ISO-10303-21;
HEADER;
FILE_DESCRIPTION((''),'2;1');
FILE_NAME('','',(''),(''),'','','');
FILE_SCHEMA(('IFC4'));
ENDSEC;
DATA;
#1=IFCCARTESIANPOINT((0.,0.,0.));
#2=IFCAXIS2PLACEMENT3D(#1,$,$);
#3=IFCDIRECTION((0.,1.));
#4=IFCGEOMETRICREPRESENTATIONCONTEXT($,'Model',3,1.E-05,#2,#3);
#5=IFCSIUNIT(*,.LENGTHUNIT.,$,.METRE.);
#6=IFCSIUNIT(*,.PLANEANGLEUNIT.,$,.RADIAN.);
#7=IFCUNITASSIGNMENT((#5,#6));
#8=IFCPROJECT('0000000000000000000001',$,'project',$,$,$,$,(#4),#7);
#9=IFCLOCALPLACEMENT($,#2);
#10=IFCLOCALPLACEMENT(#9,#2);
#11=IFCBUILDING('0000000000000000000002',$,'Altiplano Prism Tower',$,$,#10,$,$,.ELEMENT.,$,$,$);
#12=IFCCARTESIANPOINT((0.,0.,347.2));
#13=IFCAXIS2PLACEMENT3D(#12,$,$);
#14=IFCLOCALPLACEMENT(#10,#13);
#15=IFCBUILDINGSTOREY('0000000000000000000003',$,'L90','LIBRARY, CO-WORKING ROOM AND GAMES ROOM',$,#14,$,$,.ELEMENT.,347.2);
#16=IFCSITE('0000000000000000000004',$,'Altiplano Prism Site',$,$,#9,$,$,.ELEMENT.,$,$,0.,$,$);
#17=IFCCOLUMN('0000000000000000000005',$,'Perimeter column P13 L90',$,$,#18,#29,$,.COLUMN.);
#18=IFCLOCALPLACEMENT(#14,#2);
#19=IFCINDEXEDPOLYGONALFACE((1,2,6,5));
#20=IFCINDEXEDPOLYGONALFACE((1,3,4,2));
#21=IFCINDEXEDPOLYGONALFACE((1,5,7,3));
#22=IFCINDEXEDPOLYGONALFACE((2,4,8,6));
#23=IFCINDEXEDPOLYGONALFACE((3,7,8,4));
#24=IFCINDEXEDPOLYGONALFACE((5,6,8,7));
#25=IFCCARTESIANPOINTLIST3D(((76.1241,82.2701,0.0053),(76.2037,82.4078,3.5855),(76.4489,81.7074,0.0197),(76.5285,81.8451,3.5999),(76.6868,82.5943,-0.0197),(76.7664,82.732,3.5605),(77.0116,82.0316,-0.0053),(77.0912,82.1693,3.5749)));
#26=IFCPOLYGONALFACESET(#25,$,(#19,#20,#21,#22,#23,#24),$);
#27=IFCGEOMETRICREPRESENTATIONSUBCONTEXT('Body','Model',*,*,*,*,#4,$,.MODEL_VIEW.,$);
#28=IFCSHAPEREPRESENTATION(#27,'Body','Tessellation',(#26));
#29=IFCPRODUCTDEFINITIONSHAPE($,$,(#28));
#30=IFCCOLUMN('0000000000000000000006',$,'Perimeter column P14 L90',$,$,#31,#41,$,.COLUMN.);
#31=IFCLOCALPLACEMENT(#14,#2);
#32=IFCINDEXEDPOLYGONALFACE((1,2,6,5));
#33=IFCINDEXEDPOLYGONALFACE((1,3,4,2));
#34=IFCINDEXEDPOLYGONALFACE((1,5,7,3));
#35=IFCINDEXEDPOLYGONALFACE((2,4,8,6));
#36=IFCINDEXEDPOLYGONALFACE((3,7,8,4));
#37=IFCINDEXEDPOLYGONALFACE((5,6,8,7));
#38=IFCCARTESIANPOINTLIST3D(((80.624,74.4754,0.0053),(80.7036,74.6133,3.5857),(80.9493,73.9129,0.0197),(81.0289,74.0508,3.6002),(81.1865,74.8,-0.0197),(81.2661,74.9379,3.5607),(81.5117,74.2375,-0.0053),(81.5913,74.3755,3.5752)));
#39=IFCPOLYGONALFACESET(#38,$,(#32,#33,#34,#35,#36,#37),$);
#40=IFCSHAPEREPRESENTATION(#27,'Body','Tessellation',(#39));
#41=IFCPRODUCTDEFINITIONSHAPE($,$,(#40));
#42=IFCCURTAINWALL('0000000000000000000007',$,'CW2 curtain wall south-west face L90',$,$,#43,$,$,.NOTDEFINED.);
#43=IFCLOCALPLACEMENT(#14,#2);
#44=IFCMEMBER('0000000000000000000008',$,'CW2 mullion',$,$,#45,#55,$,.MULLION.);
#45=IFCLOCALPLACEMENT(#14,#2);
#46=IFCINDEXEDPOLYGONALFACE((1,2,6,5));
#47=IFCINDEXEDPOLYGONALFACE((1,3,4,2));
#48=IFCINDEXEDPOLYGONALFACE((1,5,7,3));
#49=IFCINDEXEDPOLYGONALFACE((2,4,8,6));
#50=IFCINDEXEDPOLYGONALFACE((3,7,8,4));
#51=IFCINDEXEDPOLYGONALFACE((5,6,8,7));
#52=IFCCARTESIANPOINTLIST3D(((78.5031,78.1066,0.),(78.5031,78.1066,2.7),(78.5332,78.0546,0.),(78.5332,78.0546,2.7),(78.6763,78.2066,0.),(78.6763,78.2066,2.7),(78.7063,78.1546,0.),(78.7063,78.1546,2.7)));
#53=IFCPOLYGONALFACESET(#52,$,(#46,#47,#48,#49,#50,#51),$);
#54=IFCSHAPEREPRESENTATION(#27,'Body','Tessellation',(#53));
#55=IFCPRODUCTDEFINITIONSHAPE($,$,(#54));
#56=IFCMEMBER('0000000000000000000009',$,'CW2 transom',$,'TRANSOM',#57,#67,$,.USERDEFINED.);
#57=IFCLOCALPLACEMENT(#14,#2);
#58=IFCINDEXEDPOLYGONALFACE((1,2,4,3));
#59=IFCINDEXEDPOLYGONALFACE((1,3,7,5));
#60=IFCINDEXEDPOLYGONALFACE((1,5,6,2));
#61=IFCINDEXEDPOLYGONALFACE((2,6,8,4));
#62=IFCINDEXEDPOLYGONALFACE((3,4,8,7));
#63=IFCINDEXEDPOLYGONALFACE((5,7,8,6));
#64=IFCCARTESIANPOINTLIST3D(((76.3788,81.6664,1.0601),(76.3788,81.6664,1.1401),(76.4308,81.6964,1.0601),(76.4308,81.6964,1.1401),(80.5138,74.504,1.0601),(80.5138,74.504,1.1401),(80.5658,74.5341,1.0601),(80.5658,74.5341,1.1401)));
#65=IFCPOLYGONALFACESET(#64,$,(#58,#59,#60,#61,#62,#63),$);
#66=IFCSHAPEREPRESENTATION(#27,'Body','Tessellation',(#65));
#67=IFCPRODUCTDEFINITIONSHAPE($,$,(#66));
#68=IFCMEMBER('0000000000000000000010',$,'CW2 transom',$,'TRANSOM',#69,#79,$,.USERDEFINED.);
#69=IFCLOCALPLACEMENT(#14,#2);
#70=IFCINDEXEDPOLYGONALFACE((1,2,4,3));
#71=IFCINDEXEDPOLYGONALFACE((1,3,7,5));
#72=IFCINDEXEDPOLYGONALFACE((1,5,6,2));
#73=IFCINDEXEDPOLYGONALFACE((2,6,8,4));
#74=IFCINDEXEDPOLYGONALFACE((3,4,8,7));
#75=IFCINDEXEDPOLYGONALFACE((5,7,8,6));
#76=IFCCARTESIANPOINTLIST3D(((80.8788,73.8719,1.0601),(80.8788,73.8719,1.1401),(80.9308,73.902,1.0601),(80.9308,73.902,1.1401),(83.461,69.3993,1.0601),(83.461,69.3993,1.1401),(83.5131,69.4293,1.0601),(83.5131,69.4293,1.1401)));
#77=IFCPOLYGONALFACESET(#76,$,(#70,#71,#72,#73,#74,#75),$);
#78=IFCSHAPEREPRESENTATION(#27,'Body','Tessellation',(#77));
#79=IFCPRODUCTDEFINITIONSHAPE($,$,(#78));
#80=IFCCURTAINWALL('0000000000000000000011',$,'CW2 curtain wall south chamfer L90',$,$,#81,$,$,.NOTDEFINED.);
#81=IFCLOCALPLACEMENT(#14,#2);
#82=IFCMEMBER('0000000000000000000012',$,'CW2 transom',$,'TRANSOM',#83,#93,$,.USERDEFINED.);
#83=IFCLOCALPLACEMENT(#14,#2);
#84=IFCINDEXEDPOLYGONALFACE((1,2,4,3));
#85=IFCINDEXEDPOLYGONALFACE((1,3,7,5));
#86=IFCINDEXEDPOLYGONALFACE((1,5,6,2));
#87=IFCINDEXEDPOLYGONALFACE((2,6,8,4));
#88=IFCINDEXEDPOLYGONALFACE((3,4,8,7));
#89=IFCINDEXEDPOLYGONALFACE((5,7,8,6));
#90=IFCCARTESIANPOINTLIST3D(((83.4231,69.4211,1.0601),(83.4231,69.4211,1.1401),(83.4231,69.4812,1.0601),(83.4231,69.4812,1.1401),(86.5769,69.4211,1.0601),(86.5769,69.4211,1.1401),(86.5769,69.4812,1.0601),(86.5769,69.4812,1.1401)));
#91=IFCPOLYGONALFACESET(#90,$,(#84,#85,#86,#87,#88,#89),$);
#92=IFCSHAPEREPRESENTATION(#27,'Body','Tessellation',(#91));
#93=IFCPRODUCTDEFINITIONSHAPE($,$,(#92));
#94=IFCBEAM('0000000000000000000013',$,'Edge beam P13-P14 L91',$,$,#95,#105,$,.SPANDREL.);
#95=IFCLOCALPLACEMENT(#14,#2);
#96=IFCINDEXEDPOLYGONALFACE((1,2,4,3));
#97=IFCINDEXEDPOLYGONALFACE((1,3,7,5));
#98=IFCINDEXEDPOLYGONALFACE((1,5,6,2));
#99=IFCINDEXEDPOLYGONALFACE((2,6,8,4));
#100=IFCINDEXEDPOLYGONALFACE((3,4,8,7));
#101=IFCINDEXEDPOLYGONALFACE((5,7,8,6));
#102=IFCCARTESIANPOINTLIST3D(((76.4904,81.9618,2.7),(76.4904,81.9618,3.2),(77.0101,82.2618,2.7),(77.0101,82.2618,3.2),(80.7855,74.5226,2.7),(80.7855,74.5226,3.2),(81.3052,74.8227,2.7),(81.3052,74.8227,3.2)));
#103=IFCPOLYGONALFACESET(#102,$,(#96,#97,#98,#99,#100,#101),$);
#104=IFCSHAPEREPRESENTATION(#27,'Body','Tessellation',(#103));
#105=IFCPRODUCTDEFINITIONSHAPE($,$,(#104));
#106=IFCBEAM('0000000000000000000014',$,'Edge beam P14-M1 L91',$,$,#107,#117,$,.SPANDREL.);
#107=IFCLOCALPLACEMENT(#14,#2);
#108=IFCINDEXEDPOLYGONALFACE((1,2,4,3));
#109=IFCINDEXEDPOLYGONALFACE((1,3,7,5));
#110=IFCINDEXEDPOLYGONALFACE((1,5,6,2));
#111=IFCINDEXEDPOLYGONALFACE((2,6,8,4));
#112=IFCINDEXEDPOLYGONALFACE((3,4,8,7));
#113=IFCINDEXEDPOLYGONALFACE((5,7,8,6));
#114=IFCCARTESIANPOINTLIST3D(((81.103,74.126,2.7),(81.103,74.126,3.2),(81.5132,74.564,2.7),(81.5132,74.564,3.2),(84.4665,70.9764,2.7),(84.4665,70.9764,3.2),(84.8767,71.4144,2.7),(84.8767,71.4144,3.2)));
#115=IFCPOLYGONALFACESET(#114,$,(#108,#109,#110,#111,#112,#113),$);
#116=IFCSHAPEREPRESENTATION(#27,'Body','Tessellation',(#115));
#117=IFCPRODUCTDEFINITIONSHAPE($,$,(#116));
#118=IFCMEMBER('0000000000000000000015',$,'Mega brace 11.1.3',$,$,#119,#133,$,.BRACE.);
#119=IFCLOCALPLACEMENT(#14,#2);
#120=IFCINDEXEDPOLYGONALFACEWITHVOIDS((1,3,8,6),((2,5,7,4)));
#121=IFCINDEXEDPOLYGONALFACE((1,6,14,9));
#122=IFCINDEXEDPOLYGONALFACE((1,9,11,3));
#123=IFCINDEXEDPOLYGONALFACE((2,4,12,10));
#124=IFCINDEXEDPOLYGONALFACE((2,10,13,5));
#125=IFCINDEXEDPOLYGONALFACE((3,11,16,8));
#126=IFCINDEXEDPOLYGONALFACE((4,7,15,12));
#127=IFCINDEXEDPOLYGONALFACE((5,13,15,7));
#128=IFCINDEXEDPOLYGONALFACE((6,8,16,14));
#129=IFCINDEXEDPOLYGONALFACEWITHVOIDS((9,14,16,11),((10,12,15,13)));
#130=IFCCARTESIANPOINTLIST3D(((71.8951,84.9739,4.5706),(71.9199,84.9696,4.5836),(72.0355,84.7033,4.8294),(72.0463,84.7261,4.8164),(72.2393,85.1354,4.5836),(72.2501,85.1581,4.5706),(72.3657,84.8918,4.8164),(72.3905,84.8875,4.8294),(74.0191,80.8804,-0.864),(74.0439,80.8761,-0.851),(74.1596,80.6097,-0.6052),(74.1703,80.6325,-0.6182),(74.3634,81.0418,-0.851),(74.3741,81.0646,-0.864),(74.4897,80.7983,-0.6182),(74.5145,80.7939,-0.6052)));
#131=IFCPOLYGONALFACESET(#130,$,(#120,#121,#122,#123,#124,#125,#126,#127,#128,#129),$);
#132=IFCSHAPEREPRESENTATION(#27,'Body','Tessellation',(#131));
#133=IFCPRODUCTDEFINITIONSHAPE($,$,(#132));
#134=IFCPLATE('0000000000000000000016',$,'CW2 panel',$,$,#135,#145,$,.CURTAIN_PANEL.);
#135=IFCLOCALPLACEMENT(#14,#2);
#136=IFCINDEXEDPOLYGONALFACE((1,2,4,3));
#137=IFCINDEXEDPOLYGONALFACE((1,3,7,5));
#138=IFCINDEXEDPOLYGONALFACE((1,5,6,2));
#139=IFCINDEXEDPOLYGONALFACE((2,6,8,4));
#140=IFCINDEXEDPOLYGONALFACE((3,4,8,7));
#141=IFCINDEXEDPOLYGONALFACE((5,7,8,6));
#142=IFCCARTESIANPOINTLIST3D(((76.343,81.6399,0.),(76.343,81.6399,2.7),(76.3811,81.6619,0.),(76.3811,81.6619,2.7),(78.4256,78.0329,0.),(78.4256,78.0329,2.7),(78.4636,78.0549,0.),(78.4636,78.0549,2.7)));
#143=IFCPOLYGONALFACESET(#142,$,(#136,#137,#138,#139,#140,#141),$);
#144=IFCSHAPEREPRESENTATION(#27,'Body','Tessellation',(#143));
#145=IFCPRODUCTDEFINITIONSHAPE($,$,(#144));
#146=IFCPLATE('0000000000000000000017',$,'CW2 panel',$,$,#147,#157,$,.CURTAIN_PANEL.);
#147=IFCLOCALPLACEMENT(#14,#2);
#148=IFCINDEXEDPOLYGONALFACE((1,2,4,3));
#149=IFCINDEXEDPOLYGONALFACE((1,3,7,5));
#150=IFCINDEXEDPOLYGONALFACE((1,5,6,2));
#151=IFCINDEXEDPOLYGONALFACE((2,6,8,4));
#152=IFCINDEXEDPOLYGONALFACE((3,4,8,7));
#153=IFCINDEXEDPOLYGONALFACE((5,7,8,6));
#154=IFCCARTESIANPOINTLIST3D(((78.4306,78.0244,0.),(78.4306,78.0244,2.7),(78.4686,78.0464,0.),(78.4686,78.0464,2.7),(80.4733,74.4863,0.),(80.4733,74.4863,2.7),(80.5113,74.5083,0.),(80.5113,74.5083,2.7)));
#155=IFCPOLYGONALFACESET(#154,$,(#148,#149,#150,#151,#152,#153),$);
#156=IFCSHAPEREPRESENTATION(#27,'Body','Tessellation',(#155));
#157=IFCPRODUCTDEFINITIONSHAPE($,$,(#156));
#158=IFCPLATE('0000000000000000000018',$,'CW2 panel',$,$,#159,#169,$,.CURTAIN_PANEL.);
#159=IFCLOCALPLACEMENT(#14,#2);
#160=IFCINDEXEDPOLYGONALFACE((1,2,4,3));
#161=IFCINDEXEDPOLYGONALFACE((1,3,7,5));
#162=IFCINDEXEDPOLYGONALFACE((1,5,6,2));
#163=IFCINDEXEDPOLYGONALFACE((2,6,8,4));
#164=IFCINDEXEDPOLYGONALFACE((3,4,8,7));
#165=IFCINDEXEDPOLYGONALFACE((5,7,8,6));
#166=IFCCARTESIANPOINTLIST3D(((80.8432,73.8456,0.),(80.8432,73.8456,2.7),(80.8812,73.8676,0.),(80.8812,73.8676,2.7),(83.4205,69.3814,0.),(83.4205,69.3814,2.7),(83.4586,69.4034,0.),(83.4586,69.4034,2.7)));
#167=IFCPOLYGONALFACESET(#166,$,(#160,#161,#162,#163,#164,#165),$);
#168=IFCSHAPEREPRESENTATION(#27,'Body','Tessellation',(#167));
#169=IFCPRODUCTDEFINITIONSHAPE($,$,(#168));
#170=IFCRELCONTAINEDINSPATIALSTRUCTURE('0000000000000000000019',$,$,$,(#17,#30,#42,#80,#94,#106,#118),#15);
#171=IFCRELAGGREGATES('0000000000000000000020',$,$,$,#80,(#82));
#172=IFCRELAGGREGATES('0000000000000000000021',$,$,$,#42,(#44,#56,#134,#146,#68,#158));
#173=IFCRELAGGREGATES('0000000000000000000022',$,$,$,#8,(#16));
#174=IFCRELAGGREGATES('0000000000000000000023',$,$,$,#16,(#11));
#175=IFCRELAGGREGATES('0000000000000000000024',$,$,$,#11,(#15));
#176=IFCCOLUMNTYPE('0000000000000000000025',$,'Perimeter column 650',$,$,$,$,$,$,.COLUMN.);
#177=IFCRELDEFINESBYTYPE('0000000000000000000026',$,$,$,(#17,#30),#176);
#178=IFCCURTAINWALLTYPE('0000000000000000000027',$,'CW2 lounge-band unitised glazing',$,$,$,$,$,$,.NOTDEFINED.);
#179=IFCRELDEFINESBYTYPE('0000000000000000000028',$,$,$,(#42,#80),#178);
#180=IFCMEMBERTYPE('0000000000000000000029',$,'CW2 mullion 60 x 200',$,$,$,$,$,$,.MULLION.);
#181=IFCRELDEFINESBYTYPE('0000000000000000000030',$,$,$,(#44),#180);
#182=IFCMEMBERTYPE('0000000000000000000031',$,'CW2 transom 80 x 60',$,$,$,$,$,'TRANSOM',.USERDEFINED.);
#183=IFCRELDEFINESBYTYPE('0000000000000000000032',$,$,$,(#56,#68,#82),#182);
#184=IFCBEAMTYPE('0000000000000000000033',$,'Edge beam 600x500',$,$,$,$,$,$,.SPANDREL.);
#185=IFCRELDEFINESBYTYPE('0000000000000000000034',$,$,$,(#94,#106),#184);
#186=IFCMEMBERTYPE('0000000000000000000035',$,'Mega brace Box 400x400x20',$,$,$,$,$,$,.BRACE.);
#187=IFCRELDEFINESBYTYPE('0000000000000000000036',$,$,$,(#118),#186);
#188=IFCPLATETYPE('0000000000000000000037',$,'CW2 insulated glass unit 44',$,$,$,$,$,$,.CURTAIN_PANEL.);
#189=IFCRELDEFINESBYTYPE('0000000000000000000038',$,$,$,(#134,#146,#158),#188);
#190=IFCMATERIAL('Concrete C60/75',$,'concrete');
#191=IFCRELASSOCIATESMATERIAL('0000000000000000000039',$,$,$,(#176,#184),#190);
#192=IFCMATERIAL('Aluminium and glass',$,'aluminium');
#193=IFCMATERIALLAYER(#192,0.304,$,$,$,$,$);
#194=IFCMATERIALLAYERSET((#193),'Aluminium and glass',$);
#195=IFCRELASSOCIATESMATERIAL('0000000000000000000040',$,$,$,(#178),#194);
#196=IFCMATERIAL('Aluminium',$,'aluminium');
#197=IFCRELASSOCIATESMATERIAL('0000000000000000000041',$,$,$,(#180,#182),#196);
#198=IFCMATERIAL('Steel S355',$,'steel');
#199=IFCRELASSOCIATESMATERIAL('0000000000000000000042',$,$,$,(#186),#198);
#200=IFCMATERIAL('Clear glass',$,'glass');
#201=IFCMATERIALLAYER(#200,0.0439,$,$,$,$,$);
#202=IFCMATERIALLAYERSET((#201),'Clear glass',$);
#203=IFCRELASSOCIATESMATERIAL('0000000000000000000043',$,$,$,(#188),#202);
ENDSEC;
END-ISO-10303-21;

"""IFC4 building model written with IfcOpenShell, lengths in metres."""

from ifc_helpers import new_model, si_unit, direction, frame, origin, origin_2d, place, context, subcontext, project, spatial, rectangle, hollow_rectangle, extrude, material, layer, layer_set, material_profile, profile_set, type_object, element, aggregate, save


model = new_model("IFC4")

# Units and contexts
model_context = context("Model", 3, precision=1e-05, world=origin(), true_north=direction((0.0, 1.0)))
body_context = subcontext(model_context, "Body", "Model", "MODEL_VIEW")
ifc_project = project(units=[si_unit("LENGTHUNIT", "METRE"), si_unit("PLANEANGLEUNIT", "RADIAN")], contexts=[model_context])

# Site, building, storey
site_placement = place(None, origin())
site = spatial("IfcSite", under=ifc_project, at=site_placement, Name="Altiplano Prism Site", CompositionType="ELEMENT", RefElevation=0.0)
building_placement = place(site_placement, origin())
building = spatial("IfcBuilding", under=site, at=building_placement, Name="Altiplano Prism Tower", CompositionType="ELEMENT")
storey_placement = place(building_placement, frame((0.0, 0.0, 347.2)))
storey = spatial("IfcBuildingStorey", under=building, at=storey_placement, Name="L90", Description="LIBRARY, CO-WORKING ROOM AND GAMES ROOM", CompositionType="ELEMENT", Elevation=347.2)

# Columns
ifc_material_1 = material(Name="Concrete C60/75", Category="concrete")
ifc_material_profile_1 = material_profile(ifc_material_1, rectangle(XDim=0.6499, YDim=0.6499, at=origin_2d()), Name="Perimeter column 650")
ifc_profile_set_1 = profile_set([ifc_material_profile_1], Name="Concrete C60/75")
column_type = type_object("IfcColumnType", Name="Perimeter column 650", PredefinedType="COLUMN", material=ifc_profile_set_1)
column_1_placement = place(storey_placement, frame((76.5679, 82.1509, 0.0), z_axis=(0.022208, 0.038421, 0.999015), x_axis=(-0.865849, -0.498827, 0.038432)))
element("IfcColumn", 1, at=column_1_placement, inside=storey, type_object=column_type, Name="Perimeter column P13 L90", PredefinedType="COLUMN", context=body_context, shape_type="SweptSolid", body=[
    extrude(rectangle(XDim=0.6499, YDim=0.6499, at=origin_2d()), origin(), (0.0, 0.0, 1.0), 3.5837),
])
column_2_placement = place(storey_placement, frame((81.0679, 74.3564, 0.0), z_axis=(0.022208, 0.038489, 0.999012), x_axis=(-0.865465, -0.49949, 0.038483)))
element("IfcColumn", 2, at=column_2_placement, inside=storey, type_object=column_type, Name="Perimeter column P14 L90", PredefinedType="COLUMN", context=body_context, shape_type="SweptSolid", body=[
    extrude(rectangle(XDim=0.6499, YDim=0.6499, at=origin_2d()), origin(), (0.0, 0.0, 1.0), 3.584),
])

# Curtain wall, members
ifc_material_2 = material(Name="Aluminium and glass", Category="aluminium")
ifc_layer_1 = layer(ifc_material_2, 0.304)
ifc_layer_set_1 = layer_set([ifc_layer_1], Name="Aluminium and glass")
curtain_wall_type = type_object("IfcCurtainWallType", Name="CW2 lounge-band unitised glazing", PredefinedType="NOTDEFINED", material=ifc_layer_set_1)
curtain_wall_1_placement = place(storey_placement, origin())
curtain_wall_1 = element("IfcCurtainWall", 3, at=curtain_wall_1_placement, inside=storey, type_object=curtain_wall_type, Name="CW2 curtain wall south-west face L90", PredefinedType="NOTDEFINED")
ifc_material_3 = material(Name="Aluminium", Category="aluminium")
ifc_material_profile_2 = material_profile(ifc_material_3, rectangle(XDim=0.2, YDim=0.0601, at=origin_2d()), Name="CW2 mullion 60 x 200")
ifc_profile_set_2 = profile_set([ifc_material_profile_2], Name="Aluminium")
member_type_1 = type_object("IfcMemberType", Name="CW2 mullion 60 x 200", PredefinedType="MULLION", material=ifc_profile_set_2)
member_1_placement = place(storey_placement, frame((78.6047, 78.1306, 0.0), z_axis=(0.0, 0.0, 1.0), x_axis=(0.866025, 0.5, 0.0)))
member_1 = element("IfcMember", 4, at=member_1_placement, type_object=member_type_1, Name="CW2 mullion", PredefinedType="MULLION", context=body_context, shape_type="SweptSolid", body=[
    extrude(rectangle(XDim=0.2, YDim=0.0601, at=origin_2d()), origin(), (0.0, 0.0, 1.0), 2.7),
])
ifc_material_profile_3 = material_profile(ifc_material_3, rectangle(XDim=0.0601, YDim=0.0801, at=origin_2d()), Name="CW2 transom 80 x 60")
ifc_profile_set_3 = profile_set([ifc_material_profile_3], Name="Aluminium")
member_type_2 = type_object("IfcMemberType", Name="CW2 transom 80 x 60", ElementType="TRANSOM", PredefinedType="USERDEFINED", material=ifc_profile_set_3)
member_2_placement = place(storey_placement, frame((76.4048, 81.6814, 1.1001), z_axis=(0.499984, -0.866035, 0.0), x_axis=(0.866035, 0.499984, 0.0)))
member_2 = element("IfcMember", 5, at=member_2_placement, type_object=member_type_2, Name="CW2 transom", ObjectType="TRANSOM", PredefinedType="USERDEFINED", context=body_context, shape_type="SweptSolid", body=[
    extrude(rectangle(XDim=0.0601, YDim=0.0801, at=origin_2d()), origin(), (0.0, 0.0, 1.0), 8.2703),
])
member_3_placement = place(storey_placement, frame((80.9048, 73.887, 1.1001), z_axis=(0.499998, -0.866027, 0.0), x_axis=(0.866027, 0.499998, 0.0)))
member_3 = element("IfcMember", 6, at=member_3_placement, type_object=member_type_2, Name="CW2 transom", ObjectType="TRANSOM", PredefinedType="USERDEFINED", context=body_context, shape_type="SweptSolid", body=[
    extrude(rectangle(XDim=0.0601, YDim=0.0801, at=origin_2d()), origin(), (0.0, 0.0, 1.0), 5.1646),
])

# Curtain wall, member
curtain_wall_2_placement = place(storey_placement, origin())
curtain_wall_2 = element("IfcCurtainWall", 7, at=curtain_wall_2_placement, inside=storey, type_object=curtain_wall_type, Name="CW2 curtain wall south chamfer L90", PredefinedType="NOTDEFINED")
member_4_placement = place(storey_placement, frame((83.4231, 69.4512, 1.1001), z_axis=(1.0, 0.0, 0.0), x_axis=(0.0, 1.0, 0.0)))
member_4 = element("IfcMember", 8, at=member_4_placement, type_object=member_type_2, Name="CW2 transom", ObjectType="TRANSOM", PredefinedType="USERDEFINED", context=body_context, shape_type="SweptSolid", body=[
    extrude(rectangle(XDim=0.0601, YDim=0.0801, at=origin_2d()), origin(), (0.0, 0.0, 1.0), 3.1538),
])
aggregate(curtain_wall_2, [member_4])

# Beams
ifc_material_profile_4 = material_profile(ifc_material_1, rectangle(XDim=0.6001, YDim=0.5, at=origin_2d()), Name="Edge beam 600x500")
ifc_profile_set_4 = profile_set([ifc_material_profile_4], Name="Concrete C60/75")
beam_type = type_object("IfcBeamType", Name="Edge beam 600x500", PredefinedType="SPANDREL", material=ifc_profile_set_4)
beam_1_placement = place(storey_placement, frame((76.7502, 82.1118, 2.95), z_axis=(0.500012, -0.866019, 0.0), x_axis=(0.866019, 0.500012, 0.0)))
element("IfcBeam", 9, at=beam_1_placement, inside=storey, type_object=beam_type, Name="Edge beam P13-P14 L91", PredefinedType="SPANDREL", context=body_context, shape_type="SweptSolid", body=[
    extrude(rectangle(XDim=0.6001, YDim=0.5, at=origin_2d()), origin(), (0.0, 0.0, 1.0), 8.5901),
])
beam_2_placement = place(storey_placement, frame((81.3081, 74.345, 2.95), z_axis=(0.729932, -0.68352, 0.0), x_axis=(0.68352, 0.729932, 0.0)))
element("IfcBeam", 10, at=beam_2_placement, inside=storey, type_object=beam_type, Name="Edge beam P14-M1 L91", PredefinedType="SPANDREL", context=body_context, shape_type="SweptSolid", body=[
    extrude(rectangle(XDim=0.6001, YDim=0.5, at=origin_2d()), origin(), (0.0, 0.0, 1.0), 4.6079),
])

# Member
ifc_material_4 = material(Name="Steel S355", Category="steel")
ifc_material_profile_5 = material_profile(ifc_material_4, hollow_rectangle(XDim=0.3999, YDim=0.3999, WallThickness=0.02, at=origin_2d()), Name="Mega brace Box 400x400x20")
ifc_profile_set_5 = profile_set([ifc_material_profile_5], Name="Steel S355")
member_type_3 = type_object("IfcMemberType", Name="Mega brace Box 400x400x20", PredefinedType="BRACE", material=ifc_profile_set_5)
member_5_placement = place(storey_placement, frame((74.2668, 80.8372, -0.7346), z_axis=(-0.297999, 0.574317, 0.762467), x_axis=(-0.887625, -0.460567, 0.0)))
element("IfcMember", 11, at=member_5_placement, inside=storey, type_object=member_type_3, Name="Mega brace 11.1.3", PredefinedType="BRACE", context=body_context, shape_type="SweptSolid", body=[
    extrude(hollow_rectangle(XDim=0.3999, YDim=0.3999, WallThickness=0.02, at=origin_2d()), origin(), (0.0, 0.0, 1.0), 7.1277),
])

# Plates
ifc_material_5 = material(Name="Clear glass", Category="glass")
ifc_layer_2 = layer(ifc_material_5, 0.0439)
ifc_layer_set_2 = layer_set([ifc_layer_2], Name="Clear glass")
plate_type = type_object("IfcPlateType", Name="CW2 insulated glass unit 44", PredefinedType="CURTAIN_PANEL", material=ifc_layer_set_2)
plate_1_placement = place(storey_placement, frame((77.4033, 79.8474, 0.0), z_axis=(0.0, 0.0, 1.0), x_axis=(0.5, -0.866025, 0.0)))
plate_1 = element("IfcPlate", 12, at=plate_1_placement, type_object=plate_type, Name="CW2 panel", PredefinedType="CURTAIN_PANEL", context=body_context, shape_type="SweptSolid", body=[
    extrude(rectangle(XDim=4.165, YDim=0.0439, at=origin_2d()), origin(), (0.0, 0.0, 1.0), 2.7),
])
plate_2_placement = place(storey_placement, frame((79.4709, 76.2664, 0.0), z_axis=(0.0, 0.0, 1.0), x_axis=(0.5, -0.866025, 0.0)))
plate_2 = element("IfcPlate", 13, at=plate_2_placement, type_object=plate_type, Name="CW2 panel", PredefinedType="CURTAIN_PANEL", context=body_context, shape_type="SweptSolid", body=[
    extrude(rectangle(XDim=4.0854, YDim=0.0439, at=origin_2d()), origin(), (0.0, 0.0, 1.0), 2.7),
])
plate_3_placement = place(storey_placement, frame((82.1509, 71.6245, 0.0), z_axis=(0.0, 0.0, 1.0), x_axis=(0.5, -0.866025, 0.0)))
plate_3 = element("IfcPlate", 14, at=plate_3_placement, type_object=plate_type, Name="CW2 panel", PredefinedType="CURTAIN_PANEL", context=body_context, shape_type="SweptSolid", body=[
    extrude(rectangle(XDim=5.1548, YDim=0.0439, at=origin_2d()), origin(), (0.0, 0.0, 1.0), 2.7),
])
aggregate(curtain_wall_1, [member_1, member_2, plate_1, plate_2, member_3, plate_3])

save(model, "model.ifc")
